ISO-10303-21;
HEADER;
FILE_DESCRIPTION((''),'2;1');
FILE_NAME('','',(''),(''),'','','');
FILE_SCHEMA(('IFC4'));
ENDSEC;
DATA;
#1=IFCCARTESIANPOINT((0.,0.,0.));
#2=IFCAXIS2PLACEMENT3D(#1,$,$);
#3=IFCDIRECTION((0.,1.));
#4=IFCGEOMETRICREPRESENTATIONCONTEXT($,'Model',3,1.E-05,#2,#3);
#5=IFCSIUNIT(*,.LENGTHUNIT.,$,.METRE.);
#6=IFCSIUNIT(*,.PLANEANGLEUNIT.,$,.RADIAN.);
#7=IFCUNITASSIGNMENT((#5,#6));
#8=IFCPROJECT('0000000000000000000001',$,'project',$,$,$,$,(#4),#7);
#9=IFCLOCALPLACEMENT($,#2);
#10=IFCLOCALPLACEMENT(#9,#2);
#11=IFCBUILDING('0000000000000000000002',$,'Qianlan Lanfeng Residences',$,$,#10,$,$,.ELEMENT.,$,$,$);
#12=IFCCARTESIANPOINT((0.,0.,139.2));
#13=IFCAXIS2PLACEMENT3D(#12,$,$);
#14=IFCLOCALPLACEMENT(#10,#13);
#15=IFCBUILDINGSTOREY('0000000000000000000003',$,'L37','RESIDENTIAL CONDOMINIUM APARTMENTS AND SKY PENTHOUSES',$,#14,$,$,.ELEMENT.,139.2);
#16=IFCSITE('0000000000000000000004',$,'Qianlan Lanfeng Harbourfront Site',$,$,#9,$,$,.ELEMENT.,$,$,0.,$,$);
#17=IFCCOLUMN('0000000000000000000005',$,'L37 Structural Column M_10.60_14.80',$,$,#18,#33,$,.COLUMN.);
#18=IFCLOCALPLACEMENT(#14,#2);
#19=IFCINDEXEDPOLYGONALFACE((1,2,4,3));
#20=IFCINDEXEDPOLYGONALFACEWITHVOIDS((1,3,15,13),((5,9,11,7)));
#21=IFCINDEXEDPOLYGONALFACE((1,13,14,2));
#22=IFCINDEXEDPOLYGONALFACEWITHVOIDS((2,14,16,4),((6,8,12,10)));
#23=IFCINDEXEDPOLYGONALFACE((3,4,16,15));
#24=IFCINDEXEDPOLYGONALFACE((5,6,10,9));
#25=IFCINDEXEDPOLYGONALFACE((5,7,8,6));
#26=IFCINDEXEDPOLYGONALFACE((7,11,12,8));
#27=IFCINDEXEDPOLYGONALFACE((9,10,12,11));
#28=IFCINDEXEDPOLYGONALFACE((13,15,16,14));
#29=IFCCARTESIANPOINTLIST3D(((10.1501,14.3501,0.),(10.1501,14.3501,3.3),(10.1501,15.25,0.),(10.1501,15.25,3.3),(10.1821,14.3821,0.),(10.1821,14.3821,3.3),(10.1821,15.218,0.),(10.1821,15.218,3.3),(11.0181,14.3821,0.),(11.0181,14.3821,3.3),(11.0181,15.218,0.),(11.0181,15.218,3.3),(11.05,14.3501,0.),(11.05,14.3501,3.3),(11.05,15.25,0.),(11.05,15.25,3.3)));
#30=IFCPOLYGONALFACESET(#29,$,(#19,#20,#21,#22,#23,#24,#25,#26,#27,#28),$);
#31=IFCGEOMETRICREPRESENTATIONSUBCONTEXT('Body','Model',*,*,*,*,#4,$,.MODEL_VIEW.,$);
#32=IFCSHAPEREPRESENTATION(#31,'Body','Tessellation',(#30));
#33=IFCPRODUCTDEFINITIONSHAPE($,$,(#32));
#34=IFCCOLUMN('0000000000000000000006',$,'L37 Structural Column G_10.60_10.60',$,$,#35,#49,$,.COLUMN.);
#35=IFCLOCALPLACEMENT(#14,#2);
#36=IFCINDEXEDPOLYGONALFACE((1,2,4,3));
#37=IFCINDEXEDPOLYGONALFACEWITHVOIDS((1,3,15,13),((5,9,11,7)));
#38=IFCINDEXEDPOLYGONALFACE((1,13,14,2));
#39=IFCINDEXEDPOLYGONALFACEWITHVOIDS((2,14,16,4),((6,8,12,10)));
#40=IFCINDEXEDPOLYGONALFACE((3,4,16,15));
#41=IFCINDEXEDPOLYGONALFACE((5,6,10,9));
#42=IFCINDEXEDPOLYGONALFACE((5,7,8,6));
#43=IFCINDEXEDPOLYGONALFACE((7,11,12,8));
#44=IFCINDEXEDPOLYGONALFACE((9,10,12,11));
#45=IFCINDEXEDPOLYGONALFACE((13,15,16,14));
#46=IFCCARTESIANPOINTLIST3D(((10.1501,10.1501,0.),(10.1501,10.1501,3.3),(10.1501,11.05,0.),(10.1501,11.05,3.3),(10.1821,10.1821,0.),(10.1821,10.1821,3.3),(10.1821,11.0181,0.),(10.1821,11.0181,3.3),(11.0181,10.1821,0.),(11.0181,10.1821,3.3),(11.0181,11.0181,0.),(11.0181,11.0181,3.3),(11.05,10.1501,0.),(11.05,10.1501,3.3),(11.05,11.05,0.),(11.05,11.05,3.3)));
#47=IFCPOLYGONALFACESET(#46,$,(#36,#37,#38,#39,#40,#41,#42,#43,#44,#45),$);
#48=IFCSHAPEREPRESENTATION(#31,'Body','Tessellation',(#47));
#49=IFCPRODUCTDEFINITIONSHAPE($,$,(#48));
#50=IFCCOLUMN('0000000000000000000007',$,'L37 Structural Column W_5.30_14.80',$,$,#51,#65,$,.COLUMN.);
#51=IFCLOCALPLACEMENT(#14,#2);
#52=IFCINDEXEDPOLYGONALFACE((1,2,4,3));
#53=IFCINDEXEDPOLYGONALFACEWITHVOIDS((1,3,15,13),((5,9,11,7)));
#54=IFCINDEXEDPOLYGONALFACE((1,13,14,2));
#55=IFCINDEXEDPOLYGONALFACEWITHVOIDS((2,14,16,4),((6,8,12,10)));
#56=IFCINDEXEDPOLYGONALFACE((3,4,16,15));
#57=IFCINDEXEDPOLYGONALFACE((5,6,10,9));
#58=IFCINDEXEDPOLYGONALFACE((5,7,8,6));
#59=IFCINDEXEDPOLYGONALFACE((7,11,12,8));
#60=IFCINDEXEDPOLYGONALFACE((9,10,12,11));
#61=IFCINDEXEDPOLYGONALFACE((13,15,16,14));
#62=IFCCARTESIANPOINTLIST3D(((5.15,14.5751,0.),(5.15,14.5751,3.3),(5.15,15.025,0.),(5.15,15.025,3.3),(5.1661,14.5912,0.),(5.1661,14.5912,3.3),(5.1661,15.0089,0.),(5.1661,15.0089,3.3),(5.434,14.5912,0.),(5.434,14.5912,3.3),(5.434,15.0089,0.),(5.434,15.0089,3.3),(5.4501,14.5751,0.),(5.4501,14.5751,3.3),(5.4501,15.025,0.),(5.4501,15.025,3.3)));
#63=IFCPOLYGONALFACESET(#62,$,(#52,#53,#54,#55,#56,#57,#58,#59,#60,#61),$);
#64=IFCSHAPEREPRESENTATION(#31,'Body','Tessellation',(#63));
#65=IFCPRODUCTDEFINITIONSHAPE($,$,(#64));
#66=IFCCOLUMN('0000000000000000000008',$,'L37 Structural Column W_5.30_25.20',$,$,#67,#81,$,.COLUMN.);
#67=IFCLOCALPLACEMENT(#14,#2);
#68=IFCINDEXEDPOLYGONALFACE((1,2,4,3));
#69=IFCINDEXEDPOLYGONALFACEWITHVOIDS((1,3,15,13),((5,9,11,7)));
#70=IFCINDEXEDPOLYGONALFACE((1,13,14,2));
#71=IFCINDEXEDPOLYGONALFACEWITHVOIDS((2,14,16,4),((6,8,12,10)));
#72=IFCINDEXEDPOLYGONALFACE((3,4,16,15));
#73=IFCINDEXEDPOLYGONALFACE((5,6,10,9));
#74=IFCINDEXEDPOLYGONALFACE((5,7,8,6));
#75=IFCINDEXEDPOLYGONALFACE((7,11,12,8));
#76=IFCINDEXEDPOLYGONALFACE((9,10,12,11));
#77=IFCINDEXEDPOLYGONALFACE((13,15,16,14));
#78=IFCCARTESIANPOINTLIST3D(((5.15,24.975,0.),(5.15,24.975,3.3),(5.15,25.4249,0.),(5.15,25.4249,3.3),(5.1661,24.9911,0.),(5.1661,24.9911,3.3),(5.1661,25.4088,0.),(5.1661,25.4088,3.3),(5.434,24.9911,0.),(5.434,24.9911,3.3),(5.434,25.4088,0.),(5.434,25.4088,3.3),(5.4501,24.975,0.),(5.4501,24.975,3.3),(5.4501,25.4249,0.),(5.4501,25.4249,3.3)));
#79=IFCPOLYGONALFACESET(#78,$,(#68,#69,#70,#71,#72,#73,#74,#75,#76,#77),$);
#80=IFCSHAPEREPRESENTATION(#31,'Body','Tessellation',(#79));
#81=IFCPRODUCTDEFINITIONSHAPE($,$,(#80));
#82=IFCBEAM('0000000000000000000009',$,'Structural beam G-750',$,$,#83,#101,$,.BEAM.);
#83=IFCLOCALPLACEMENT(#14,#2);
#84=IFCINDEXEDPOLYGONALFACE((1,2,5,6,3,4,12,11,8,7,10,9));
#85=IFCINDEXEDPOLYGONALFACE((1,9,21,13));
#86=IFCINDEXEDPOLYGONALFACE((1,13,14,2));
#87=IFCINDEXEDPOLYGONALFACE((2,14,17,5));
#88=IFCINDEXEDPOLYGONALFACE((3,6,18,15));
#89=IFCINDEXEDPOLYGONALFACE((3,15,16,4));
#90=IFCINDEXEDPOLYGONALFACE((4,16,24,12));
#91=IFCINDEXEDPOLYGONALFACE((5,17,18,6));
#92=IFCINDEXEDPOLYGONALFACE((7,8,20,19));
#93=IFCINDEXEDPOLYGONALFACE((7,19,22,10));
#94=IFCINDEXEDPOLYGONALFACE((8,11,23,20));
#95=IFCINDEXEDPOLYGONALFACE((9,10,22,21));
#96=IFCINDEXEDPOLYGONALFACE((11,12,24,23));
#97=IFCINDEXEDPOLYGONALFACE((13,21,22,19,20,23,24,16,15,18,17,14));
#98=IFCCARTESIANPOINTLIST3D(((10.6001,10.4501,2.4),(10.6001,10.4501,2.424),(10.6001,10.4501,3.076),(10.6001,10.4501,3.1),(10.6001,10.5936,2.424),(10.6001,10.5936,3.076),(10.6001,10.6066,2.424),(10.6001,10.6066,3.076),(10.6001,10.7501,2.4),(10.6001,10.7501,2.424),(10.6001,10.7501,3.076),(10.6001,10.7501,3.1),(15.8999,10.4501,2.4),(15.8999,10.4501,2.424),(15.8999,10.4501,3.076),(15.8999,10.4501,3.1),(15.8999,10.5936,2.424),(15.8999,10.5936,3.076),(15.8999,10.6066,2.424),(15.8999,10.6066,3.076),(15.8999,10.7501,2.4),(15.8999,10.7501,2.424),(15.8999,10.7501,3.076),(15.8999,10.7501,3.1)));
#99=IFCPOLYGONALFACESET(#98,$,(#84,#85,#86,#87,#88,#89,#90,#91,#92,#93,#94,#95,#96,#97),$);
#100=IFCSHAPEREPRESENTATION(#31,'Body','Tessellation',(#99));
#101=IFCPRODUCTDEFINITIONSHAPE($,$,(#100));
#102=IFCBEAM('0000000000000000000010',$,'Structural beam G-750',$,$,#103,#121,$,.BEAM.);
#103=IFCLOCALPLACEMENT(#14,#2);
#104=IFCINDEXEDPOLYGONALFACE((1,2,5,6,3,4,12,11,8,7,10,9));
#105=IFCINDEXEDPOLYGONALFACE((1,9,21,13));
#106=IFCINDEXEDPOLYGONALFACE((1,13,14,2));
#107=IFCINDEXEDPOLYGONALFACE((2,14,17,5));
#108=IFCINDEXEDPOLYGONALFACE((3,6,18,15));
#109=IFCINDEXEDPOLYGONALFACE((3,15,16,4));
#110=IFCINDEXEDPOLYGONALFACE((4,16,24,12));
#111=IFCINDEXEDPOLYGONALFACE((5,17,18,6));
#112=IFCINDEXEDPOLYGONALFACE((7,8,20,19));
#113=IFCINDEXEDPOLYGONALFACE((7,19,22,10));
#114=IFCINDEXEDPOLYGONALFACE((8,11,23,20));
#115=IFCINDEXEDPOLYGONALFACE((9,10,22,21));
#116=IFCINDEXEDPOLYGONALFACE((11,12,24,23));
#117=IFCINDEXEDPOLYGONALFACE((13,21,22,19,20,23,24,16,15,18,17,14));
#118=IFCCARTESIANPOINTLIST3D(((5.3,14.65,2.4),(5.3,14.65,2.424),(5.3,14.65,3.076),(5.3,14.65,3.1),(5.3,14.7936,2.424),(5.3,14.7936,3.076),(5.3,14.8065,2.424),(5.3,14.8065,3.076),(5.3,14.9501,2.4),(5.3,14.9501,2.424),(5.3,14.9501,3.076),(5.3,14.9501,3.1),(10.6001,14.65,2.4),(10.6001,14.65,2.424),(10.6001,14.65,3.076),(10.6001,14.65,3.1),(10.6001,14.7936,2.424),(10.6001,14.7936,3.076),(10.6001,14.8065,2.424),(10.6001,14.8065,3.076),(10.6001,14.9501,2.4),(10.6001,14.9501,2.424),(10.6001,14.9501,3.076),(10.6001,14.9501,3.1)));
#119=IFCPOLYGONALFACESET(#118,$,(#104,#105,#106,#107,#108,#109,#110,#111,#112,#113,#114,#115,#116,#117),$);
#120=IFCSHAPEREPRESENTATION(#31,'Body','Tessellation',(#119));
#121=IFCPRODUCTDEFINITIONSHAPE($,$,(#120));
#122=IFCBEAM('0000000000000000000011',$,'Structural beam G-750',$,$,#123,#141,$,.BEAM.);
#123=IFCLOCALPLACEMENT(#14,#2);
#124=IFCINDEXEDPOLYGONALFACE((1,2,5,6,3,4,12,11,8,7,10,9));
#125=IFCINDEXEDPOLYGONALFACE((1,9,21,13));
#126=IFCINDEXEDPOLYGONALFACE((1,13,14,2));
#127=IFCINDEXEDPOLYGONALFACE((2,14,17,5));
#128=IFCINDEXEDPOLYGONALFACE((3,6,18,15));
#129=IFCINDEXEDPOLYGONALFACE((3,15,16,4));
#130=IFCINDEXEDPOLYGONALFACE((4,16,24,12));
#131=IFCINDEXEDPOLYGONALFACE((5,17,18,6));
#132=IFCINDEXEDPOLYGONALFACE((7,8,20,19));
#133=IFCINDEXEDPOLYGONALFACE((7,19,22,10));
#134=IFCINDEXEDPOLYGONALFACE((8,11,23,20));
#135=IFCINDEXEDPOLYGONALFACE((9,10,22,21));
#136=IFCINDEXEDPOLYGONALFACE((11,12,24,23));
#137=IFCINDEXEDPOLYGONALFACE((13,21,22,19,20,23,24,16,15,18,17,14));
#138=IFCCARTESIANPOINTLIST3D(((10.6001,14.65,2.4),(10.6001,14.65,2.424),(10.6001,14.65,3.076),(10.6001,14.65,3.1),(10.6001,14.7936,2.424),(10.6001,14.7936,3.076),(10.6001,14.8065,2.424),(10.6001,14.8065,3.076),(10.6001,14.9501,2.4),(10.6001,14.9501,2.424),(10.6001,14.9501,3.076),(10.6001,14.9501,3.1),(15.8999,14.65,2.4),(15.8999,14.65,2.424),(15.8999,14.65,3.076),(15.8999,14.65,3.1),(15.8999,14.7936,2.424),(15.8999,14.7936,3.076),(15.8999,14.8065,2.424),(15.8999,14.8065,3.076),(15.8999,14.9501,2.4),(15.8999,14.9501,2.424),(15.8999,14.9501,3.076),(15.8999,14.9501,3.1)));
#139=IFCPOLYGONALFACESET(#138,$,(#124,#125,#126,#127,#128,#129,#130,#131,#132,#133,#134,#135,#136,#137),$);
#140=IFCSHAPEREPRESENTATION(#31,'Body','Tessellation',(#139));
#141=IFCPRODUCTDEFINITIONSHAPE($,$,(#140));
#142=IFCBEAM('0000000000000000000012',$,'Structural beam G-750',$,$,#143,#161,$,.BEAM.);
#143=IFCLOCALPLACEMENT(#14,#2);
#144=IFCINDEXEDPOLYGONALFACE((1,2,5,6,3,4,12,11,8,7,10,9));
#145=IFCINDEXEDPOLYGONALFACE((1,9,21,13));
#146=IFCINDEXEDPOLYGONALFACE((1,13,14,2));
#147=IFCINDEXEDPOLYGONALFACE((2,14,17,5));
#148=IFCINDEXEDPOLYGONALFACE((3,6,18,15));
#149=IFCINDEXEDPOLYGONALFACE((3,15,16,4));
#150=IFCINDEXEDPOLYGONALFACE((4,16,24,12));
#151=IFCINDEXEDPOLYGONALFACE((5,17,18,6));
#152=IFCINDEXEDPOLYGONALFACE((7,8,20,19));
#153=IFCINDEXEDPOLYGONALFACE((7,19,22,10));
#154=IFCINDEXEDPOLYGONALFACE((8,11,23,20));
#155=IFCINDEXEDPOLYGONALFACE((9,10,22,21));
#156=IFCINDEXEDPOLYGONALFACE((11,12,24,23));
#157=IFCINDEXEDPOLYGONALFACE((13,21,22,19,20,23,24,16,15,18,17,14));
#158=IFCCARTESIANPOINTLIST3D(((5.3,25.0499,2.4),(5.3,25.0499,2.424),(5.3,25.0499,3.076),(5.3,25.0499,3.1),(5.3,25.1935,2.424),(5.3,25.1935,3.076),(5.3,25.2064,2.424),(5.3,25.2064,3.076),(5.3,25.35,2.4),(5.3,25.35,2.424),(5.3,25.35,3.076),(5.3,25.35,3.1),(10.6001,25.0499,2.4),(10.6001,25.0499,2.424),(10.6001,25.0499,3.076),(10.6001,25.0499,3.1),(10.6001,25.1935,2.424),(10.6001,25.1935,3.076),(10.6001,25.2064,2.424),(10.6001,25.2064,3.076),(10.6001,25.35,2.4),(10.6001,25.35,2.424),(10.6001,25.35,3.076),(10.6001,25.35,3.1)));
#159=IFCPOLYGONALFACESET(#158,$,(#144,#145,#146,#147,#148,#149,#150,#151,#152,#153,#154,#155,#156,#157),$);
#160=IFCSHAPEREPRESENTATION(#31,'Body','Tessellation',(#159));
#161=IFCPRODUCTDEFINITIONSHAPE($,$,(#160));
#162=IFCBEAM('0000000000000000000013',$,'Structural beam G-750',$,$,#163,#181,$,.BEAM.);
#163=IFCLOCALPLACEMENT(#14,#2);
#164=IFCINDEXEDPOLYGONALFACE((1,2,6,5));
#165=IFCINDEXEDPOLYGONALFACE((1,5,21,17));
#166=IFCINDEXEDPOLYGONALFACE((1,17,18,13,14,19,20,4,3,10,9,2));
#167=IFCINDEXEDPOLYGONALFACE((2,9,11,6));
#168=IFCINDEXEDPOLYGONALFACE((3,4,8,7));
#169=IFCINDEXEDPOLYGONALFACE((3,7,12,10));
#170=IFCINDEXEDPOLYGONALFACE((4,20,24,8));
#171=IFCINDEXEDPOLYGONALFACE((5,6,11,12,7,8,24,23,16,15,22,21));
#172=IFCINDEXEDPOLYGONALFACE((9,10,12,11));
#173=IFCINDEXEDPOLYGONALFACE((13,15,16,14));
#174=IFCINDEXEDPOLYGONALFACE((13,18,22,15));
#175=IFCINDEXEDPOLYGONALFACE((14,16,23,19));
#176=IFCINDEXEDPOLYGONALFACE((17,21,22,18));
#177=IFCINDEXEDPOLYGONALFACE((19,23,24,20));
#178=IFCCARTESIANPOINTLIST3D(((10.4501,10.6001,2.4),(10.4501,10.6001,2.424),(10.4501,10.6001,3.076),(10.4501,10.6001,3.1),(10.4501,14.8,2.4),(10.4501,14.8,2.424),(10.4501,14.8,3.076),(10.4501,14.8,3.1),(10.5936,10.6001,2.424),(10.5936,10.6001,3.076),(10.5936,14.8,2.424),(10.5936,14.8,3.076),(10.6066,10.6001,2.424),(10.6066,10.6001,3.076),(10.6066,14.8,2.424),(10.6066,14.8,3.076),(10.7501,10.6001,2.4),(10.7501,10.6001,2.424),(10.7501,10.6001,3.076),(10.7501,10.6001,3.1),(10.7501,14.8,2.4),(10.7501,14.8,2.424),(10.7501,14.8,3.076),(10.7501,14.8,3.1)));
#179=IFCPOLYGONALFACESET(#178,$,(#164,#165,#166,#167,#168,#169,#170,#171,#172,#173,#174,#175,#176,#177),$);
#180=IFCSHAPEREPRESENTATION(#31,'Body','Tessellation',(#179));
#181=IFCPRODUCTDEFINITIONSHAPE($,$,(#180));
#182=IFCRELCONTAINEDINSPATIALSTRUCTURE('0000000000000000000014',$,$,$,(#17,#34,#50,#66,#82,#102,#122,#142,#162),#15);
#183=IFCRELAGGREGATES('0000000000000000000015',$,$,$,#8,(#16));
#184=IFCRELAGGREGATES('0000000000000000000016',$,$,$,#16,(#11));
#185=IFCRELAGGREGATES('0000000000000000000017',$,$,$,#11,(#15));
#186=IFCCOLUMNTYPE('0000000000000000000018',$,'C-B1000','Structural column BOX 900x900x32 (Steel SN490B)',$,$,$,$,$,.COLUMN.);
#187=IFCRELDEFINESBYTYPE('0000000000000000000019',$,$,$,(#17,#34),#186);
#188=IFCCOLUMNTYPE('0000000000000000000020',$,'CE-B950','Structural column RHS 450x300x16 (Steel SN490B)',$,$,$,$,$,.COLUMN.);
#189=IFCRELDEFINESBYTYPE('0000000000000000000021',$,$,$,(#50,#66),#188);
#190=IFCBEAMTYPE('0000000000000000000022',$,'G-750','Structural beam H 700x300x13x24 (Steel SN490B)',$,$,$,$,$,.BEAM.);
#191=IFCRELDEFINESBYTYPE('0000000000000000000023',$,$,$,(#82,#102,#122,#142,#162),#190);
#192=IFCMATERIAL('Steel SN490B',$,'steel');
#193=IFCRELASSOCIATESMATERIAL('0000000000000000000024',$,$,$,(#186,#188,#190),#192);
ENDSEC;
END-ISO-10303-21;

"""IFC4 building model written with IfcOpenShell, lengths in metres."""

from ifc_helpers import new_model, si_unit, direction, frame, origin, origin_2d, place, context, subcontext, project, spatial, hollow_rectangle, i_section, extrude, material, material_profile, profile_set, type_object, element, save


model = new_model("IFC4")

# Units and contexts
model_context = context("Model", 3, precision=1e-05, world=origin(), true_north=direction((0.0, 1.0)))
body_context = subcontext(model_context, "Body", "Model", "MODEL_VIEW")
ifc_project = project(units=[si_unit("LENGTHUNIT", "METRE"), si_unit("PLANEANGLEUNIT", "RADIAN")], contexts=[model_context])

# Site, building, storey
site_placement = place(None, origin())
site = spatial("IfcSite", under=ifc_project, at=site_placement, Name="Qianlan Lanfeng Harbourfront Site", CompositionType="ELEMENT", RefElevation=0.0)
building_placement = place(site_placement, origin())
building = spatial("IfcBuilding", under=site, at=building_placement, Name="Qianlan Lanfeng Residences", CompositionType="ELEMENT")
storey_placement = place(building_placement, frame((0.0, 0.0, 139.2)))
storey = spatial("IfcBuildingStorey", under=building, at=storey_placement, Name="L37", Description="RESIDENTIAL CONDOMINIUM APARTMENTS AND SKY PENTHOUSES", CompositionType="ELEMENT", Elevation=139.2)

# Columns
ifc_material_1 = material(Name="Steel SN490B", Category="steel")
ifc_material_profile_1 = material_profile(ifc_material_1, hollow_rectangle(XDim=0.8999, YDim=0.8999, WallThickness=0.032, at=origin_2d()), Name="BOX 900x900x32")
ifc_profile_set_1 = profile_set([ifc_material_profile_1], Name="Steel SN490B")
column_type_1 = type_object("IfcColumnType", Name="C-B1000", Description="Structural column BOX 900x900x32 (Steel SN490B)", PredefinedType="COLUMN", material=ifc_profile_set_1)
for number, where, z_axis, x_axis, name in (
    (1, (10.6001, 14.8, 0.0), (0.0, 0.0, 1.0), (1.0, 0.0, 0.0), "L37 Structural Column M_10.60_14.80"),
    (2, (10.6001, 10.6001, 0.0), (0.0, 0.0, 1.0), (1.0, 0.0, 0.0), "L37 Structural Column G_10.60_10.60"),
):
    element("IfcColumn", number, at=place(storey_placement, frame(where, z_axis=z_axis, x_axis=x_axis)), inside=storey, type_object=column_type_1, Name=name, PredefinedType="COLUMN", context=body_context, shape_type="SweptSolid", body=[
        extrude(hollow_rectangle(XDim=0.8999, YDim=0.8999, WallThickness=0.032, at=origin_2d()), origin(), (0.0, 0.0, 1.0), 3.3),
    ])
ifc_material_profile_2 = material_profile(ifc_material_1, hollow_rectangle(XDim=0.3, YDim=0.45, WallThickness=0.0161, at=origin_2d()), Name="RHS 450x300x16")
ifc_profile_set_2 = profile_set([ifc_material_profile_2], Name="Steel SN490B")
column_type_2 = type_object("IfcColumnType", Name="CE-B950", Description="Structural column RHS 450x300x16 (Steel SN490B)", PredefinedType="COLUMN", material=ifc_profile_set_2)
for number, where, z_axis, x_axis, name in (
    (3, (5.3, 14.8, 0.0), (0.0, 0.0, 1.0), (1.0, 0.0, 0.0), "L37 Structural Column W_5.30_14.80"),
    (4, (5.3, 25.2, 0.0), (0.0, 0.0, 1.0), (1.0, 0.0, 0.0), "L37 Structural Column W_5.30_25.20"),
):
    element("IfcColumn", number, at=place(storey_placement, frame(where, z_axis=z_axis, x_axis=x_axis)), inside=storey, type_object=column_type_2, Name=name, PredefinedType="COLUMN", context=body_context, shape_type="SweptSolid", body=[
        extrude(hollow_rectangle(XDim=0.3, YDim=0.45, WallThickness=0.0161, at=origin_2d()), origin(), (0.0, 0.0, 1.0), 3.3),
    ])

# Beams
ifc_material_profile_3 = material_profile(ifc_material_1, i_section(OverallWidth=0.3, OverallDepth=0.7, WebThickness=0.0129, FlangeThickness=0.0239, at=origin_2d()), Name="H 700x300x13x24")
ifc_profile_set_3 = profile_set([ifc_material_profile_3], Name="Steel SN490B")
beam_type_1 = type_object("IfcBeamType", Name="G-750", Description="Structural beam H 700x300x13x24 (Steel SN490B)", PredefinedType="BEAM", material=ifc_profile_set_3)
beam_1_placement = place(storey_placement, frame((10.6001, 10.6001, 2.75), z_axis=(1.0, 0.0, 0.0), x_axis=(0.0, 1.0, 0.0)))
element("IfcBeam", 5, at=beam_1_placement, inside=storey, type_object=beam_type_1, Name="Structural beam G-750", PredefinedType="BEAM", context=body_context, shape_type="SweptSolid", body=[
    extrude(i_section(OverallWidth=0.3, OverallDepth=0.7, WebThickness=0.0129, FlangeThickness=0.0239, at=origin_2d()), origin(), (0.0, 0.0, 1.0), 5.2998),
])
beam_2_placement = place(storey_placement, frame((5.3, 14.8, 2.75), z_axis=(1.0, 0.0, 0.0), x_axis=(0.0, 1.0, 0.0)))
element("IfcBeam", 6, at=beam_2_placement, inside=storey, type_object=beam_type_1, Name="Structural beam G-750", PredefinedType="BEAM", context=body_context, shape_type="SweptSolid", body=[
    extrude(i_section(OverallWidth=0.3, OverallDepth=0.7, WebThickness=0.0129, FlangeThickness=0.0239, at=origin_2d()), origin(), (0.0, 0.0, 1.0), 5.3),
])
beam_3_placement = place(storey_placement, frame((10.6001, 14.8, 2.75), z_axis=(1.0, 0.0, 0.0), x_axis=(0.0, 1.0, 0.0)))
element("IfcBeam", 7, at=beam_3_placement, inside=storey, type_object=beam_type_1, Name="Structural beam G-750", PredefinedType="BEAM", context=body_context, shape_type="SweptSolid", body=[
    extrude(i_section(OverallWidth=0.3, OverallDepth=0.7, WebThickness=0.0129, FlangeThickness=0.0239, at=origin_2d()), origin(), (0.0, 0.0, 1.0), 5.2998),
])
beam_4_placement = place(storey_placement, frame((5.3, 25.2, 2.75), z_axis=(1.0, 0.0, 0.0), x_axis=(0.0, 1.0, 0.0)))
element("IfcBeam", 8, at=beam_4_placement, inside=storey, type_object=beam_type_1, Name="Structural beam G-750", PredefinedType="BEAM", context=body_context, shape_type="SweptSolid", body=[
    extrude(i_section(OverallWidth=0.3, OverallDepth=0.7, WebThickness=0.0129, FlangeThickness=0.0239, at=origin_2d()), origin(), (0.0, 0.0, 1.0), 5.3),
])
beam_5_placement = place(storey_placement, frame((10.6001, 10.6001, 2.75), z_axis=(0.0, 1.0, 0.0), x_axis=(-1.0, 0.0, 0.0)))
element("IfcBeam", 9, at=beam_5_placement, inside=storey, type_object=beam_type_1, Name="Structural beam G-750", PredefinedType="BEAM", context=body_context, shape_type="SweptSolid", body=[
    extrude(i_section(OverallWidth=0.3, OverallDepth=0.7, WebThickness=0.0129, FlangeThickness=0.0239, at=origin_2d()), origin(), (0.0, 0.0, 1.0), 4.2),
])

save(model, "model.ifc")
